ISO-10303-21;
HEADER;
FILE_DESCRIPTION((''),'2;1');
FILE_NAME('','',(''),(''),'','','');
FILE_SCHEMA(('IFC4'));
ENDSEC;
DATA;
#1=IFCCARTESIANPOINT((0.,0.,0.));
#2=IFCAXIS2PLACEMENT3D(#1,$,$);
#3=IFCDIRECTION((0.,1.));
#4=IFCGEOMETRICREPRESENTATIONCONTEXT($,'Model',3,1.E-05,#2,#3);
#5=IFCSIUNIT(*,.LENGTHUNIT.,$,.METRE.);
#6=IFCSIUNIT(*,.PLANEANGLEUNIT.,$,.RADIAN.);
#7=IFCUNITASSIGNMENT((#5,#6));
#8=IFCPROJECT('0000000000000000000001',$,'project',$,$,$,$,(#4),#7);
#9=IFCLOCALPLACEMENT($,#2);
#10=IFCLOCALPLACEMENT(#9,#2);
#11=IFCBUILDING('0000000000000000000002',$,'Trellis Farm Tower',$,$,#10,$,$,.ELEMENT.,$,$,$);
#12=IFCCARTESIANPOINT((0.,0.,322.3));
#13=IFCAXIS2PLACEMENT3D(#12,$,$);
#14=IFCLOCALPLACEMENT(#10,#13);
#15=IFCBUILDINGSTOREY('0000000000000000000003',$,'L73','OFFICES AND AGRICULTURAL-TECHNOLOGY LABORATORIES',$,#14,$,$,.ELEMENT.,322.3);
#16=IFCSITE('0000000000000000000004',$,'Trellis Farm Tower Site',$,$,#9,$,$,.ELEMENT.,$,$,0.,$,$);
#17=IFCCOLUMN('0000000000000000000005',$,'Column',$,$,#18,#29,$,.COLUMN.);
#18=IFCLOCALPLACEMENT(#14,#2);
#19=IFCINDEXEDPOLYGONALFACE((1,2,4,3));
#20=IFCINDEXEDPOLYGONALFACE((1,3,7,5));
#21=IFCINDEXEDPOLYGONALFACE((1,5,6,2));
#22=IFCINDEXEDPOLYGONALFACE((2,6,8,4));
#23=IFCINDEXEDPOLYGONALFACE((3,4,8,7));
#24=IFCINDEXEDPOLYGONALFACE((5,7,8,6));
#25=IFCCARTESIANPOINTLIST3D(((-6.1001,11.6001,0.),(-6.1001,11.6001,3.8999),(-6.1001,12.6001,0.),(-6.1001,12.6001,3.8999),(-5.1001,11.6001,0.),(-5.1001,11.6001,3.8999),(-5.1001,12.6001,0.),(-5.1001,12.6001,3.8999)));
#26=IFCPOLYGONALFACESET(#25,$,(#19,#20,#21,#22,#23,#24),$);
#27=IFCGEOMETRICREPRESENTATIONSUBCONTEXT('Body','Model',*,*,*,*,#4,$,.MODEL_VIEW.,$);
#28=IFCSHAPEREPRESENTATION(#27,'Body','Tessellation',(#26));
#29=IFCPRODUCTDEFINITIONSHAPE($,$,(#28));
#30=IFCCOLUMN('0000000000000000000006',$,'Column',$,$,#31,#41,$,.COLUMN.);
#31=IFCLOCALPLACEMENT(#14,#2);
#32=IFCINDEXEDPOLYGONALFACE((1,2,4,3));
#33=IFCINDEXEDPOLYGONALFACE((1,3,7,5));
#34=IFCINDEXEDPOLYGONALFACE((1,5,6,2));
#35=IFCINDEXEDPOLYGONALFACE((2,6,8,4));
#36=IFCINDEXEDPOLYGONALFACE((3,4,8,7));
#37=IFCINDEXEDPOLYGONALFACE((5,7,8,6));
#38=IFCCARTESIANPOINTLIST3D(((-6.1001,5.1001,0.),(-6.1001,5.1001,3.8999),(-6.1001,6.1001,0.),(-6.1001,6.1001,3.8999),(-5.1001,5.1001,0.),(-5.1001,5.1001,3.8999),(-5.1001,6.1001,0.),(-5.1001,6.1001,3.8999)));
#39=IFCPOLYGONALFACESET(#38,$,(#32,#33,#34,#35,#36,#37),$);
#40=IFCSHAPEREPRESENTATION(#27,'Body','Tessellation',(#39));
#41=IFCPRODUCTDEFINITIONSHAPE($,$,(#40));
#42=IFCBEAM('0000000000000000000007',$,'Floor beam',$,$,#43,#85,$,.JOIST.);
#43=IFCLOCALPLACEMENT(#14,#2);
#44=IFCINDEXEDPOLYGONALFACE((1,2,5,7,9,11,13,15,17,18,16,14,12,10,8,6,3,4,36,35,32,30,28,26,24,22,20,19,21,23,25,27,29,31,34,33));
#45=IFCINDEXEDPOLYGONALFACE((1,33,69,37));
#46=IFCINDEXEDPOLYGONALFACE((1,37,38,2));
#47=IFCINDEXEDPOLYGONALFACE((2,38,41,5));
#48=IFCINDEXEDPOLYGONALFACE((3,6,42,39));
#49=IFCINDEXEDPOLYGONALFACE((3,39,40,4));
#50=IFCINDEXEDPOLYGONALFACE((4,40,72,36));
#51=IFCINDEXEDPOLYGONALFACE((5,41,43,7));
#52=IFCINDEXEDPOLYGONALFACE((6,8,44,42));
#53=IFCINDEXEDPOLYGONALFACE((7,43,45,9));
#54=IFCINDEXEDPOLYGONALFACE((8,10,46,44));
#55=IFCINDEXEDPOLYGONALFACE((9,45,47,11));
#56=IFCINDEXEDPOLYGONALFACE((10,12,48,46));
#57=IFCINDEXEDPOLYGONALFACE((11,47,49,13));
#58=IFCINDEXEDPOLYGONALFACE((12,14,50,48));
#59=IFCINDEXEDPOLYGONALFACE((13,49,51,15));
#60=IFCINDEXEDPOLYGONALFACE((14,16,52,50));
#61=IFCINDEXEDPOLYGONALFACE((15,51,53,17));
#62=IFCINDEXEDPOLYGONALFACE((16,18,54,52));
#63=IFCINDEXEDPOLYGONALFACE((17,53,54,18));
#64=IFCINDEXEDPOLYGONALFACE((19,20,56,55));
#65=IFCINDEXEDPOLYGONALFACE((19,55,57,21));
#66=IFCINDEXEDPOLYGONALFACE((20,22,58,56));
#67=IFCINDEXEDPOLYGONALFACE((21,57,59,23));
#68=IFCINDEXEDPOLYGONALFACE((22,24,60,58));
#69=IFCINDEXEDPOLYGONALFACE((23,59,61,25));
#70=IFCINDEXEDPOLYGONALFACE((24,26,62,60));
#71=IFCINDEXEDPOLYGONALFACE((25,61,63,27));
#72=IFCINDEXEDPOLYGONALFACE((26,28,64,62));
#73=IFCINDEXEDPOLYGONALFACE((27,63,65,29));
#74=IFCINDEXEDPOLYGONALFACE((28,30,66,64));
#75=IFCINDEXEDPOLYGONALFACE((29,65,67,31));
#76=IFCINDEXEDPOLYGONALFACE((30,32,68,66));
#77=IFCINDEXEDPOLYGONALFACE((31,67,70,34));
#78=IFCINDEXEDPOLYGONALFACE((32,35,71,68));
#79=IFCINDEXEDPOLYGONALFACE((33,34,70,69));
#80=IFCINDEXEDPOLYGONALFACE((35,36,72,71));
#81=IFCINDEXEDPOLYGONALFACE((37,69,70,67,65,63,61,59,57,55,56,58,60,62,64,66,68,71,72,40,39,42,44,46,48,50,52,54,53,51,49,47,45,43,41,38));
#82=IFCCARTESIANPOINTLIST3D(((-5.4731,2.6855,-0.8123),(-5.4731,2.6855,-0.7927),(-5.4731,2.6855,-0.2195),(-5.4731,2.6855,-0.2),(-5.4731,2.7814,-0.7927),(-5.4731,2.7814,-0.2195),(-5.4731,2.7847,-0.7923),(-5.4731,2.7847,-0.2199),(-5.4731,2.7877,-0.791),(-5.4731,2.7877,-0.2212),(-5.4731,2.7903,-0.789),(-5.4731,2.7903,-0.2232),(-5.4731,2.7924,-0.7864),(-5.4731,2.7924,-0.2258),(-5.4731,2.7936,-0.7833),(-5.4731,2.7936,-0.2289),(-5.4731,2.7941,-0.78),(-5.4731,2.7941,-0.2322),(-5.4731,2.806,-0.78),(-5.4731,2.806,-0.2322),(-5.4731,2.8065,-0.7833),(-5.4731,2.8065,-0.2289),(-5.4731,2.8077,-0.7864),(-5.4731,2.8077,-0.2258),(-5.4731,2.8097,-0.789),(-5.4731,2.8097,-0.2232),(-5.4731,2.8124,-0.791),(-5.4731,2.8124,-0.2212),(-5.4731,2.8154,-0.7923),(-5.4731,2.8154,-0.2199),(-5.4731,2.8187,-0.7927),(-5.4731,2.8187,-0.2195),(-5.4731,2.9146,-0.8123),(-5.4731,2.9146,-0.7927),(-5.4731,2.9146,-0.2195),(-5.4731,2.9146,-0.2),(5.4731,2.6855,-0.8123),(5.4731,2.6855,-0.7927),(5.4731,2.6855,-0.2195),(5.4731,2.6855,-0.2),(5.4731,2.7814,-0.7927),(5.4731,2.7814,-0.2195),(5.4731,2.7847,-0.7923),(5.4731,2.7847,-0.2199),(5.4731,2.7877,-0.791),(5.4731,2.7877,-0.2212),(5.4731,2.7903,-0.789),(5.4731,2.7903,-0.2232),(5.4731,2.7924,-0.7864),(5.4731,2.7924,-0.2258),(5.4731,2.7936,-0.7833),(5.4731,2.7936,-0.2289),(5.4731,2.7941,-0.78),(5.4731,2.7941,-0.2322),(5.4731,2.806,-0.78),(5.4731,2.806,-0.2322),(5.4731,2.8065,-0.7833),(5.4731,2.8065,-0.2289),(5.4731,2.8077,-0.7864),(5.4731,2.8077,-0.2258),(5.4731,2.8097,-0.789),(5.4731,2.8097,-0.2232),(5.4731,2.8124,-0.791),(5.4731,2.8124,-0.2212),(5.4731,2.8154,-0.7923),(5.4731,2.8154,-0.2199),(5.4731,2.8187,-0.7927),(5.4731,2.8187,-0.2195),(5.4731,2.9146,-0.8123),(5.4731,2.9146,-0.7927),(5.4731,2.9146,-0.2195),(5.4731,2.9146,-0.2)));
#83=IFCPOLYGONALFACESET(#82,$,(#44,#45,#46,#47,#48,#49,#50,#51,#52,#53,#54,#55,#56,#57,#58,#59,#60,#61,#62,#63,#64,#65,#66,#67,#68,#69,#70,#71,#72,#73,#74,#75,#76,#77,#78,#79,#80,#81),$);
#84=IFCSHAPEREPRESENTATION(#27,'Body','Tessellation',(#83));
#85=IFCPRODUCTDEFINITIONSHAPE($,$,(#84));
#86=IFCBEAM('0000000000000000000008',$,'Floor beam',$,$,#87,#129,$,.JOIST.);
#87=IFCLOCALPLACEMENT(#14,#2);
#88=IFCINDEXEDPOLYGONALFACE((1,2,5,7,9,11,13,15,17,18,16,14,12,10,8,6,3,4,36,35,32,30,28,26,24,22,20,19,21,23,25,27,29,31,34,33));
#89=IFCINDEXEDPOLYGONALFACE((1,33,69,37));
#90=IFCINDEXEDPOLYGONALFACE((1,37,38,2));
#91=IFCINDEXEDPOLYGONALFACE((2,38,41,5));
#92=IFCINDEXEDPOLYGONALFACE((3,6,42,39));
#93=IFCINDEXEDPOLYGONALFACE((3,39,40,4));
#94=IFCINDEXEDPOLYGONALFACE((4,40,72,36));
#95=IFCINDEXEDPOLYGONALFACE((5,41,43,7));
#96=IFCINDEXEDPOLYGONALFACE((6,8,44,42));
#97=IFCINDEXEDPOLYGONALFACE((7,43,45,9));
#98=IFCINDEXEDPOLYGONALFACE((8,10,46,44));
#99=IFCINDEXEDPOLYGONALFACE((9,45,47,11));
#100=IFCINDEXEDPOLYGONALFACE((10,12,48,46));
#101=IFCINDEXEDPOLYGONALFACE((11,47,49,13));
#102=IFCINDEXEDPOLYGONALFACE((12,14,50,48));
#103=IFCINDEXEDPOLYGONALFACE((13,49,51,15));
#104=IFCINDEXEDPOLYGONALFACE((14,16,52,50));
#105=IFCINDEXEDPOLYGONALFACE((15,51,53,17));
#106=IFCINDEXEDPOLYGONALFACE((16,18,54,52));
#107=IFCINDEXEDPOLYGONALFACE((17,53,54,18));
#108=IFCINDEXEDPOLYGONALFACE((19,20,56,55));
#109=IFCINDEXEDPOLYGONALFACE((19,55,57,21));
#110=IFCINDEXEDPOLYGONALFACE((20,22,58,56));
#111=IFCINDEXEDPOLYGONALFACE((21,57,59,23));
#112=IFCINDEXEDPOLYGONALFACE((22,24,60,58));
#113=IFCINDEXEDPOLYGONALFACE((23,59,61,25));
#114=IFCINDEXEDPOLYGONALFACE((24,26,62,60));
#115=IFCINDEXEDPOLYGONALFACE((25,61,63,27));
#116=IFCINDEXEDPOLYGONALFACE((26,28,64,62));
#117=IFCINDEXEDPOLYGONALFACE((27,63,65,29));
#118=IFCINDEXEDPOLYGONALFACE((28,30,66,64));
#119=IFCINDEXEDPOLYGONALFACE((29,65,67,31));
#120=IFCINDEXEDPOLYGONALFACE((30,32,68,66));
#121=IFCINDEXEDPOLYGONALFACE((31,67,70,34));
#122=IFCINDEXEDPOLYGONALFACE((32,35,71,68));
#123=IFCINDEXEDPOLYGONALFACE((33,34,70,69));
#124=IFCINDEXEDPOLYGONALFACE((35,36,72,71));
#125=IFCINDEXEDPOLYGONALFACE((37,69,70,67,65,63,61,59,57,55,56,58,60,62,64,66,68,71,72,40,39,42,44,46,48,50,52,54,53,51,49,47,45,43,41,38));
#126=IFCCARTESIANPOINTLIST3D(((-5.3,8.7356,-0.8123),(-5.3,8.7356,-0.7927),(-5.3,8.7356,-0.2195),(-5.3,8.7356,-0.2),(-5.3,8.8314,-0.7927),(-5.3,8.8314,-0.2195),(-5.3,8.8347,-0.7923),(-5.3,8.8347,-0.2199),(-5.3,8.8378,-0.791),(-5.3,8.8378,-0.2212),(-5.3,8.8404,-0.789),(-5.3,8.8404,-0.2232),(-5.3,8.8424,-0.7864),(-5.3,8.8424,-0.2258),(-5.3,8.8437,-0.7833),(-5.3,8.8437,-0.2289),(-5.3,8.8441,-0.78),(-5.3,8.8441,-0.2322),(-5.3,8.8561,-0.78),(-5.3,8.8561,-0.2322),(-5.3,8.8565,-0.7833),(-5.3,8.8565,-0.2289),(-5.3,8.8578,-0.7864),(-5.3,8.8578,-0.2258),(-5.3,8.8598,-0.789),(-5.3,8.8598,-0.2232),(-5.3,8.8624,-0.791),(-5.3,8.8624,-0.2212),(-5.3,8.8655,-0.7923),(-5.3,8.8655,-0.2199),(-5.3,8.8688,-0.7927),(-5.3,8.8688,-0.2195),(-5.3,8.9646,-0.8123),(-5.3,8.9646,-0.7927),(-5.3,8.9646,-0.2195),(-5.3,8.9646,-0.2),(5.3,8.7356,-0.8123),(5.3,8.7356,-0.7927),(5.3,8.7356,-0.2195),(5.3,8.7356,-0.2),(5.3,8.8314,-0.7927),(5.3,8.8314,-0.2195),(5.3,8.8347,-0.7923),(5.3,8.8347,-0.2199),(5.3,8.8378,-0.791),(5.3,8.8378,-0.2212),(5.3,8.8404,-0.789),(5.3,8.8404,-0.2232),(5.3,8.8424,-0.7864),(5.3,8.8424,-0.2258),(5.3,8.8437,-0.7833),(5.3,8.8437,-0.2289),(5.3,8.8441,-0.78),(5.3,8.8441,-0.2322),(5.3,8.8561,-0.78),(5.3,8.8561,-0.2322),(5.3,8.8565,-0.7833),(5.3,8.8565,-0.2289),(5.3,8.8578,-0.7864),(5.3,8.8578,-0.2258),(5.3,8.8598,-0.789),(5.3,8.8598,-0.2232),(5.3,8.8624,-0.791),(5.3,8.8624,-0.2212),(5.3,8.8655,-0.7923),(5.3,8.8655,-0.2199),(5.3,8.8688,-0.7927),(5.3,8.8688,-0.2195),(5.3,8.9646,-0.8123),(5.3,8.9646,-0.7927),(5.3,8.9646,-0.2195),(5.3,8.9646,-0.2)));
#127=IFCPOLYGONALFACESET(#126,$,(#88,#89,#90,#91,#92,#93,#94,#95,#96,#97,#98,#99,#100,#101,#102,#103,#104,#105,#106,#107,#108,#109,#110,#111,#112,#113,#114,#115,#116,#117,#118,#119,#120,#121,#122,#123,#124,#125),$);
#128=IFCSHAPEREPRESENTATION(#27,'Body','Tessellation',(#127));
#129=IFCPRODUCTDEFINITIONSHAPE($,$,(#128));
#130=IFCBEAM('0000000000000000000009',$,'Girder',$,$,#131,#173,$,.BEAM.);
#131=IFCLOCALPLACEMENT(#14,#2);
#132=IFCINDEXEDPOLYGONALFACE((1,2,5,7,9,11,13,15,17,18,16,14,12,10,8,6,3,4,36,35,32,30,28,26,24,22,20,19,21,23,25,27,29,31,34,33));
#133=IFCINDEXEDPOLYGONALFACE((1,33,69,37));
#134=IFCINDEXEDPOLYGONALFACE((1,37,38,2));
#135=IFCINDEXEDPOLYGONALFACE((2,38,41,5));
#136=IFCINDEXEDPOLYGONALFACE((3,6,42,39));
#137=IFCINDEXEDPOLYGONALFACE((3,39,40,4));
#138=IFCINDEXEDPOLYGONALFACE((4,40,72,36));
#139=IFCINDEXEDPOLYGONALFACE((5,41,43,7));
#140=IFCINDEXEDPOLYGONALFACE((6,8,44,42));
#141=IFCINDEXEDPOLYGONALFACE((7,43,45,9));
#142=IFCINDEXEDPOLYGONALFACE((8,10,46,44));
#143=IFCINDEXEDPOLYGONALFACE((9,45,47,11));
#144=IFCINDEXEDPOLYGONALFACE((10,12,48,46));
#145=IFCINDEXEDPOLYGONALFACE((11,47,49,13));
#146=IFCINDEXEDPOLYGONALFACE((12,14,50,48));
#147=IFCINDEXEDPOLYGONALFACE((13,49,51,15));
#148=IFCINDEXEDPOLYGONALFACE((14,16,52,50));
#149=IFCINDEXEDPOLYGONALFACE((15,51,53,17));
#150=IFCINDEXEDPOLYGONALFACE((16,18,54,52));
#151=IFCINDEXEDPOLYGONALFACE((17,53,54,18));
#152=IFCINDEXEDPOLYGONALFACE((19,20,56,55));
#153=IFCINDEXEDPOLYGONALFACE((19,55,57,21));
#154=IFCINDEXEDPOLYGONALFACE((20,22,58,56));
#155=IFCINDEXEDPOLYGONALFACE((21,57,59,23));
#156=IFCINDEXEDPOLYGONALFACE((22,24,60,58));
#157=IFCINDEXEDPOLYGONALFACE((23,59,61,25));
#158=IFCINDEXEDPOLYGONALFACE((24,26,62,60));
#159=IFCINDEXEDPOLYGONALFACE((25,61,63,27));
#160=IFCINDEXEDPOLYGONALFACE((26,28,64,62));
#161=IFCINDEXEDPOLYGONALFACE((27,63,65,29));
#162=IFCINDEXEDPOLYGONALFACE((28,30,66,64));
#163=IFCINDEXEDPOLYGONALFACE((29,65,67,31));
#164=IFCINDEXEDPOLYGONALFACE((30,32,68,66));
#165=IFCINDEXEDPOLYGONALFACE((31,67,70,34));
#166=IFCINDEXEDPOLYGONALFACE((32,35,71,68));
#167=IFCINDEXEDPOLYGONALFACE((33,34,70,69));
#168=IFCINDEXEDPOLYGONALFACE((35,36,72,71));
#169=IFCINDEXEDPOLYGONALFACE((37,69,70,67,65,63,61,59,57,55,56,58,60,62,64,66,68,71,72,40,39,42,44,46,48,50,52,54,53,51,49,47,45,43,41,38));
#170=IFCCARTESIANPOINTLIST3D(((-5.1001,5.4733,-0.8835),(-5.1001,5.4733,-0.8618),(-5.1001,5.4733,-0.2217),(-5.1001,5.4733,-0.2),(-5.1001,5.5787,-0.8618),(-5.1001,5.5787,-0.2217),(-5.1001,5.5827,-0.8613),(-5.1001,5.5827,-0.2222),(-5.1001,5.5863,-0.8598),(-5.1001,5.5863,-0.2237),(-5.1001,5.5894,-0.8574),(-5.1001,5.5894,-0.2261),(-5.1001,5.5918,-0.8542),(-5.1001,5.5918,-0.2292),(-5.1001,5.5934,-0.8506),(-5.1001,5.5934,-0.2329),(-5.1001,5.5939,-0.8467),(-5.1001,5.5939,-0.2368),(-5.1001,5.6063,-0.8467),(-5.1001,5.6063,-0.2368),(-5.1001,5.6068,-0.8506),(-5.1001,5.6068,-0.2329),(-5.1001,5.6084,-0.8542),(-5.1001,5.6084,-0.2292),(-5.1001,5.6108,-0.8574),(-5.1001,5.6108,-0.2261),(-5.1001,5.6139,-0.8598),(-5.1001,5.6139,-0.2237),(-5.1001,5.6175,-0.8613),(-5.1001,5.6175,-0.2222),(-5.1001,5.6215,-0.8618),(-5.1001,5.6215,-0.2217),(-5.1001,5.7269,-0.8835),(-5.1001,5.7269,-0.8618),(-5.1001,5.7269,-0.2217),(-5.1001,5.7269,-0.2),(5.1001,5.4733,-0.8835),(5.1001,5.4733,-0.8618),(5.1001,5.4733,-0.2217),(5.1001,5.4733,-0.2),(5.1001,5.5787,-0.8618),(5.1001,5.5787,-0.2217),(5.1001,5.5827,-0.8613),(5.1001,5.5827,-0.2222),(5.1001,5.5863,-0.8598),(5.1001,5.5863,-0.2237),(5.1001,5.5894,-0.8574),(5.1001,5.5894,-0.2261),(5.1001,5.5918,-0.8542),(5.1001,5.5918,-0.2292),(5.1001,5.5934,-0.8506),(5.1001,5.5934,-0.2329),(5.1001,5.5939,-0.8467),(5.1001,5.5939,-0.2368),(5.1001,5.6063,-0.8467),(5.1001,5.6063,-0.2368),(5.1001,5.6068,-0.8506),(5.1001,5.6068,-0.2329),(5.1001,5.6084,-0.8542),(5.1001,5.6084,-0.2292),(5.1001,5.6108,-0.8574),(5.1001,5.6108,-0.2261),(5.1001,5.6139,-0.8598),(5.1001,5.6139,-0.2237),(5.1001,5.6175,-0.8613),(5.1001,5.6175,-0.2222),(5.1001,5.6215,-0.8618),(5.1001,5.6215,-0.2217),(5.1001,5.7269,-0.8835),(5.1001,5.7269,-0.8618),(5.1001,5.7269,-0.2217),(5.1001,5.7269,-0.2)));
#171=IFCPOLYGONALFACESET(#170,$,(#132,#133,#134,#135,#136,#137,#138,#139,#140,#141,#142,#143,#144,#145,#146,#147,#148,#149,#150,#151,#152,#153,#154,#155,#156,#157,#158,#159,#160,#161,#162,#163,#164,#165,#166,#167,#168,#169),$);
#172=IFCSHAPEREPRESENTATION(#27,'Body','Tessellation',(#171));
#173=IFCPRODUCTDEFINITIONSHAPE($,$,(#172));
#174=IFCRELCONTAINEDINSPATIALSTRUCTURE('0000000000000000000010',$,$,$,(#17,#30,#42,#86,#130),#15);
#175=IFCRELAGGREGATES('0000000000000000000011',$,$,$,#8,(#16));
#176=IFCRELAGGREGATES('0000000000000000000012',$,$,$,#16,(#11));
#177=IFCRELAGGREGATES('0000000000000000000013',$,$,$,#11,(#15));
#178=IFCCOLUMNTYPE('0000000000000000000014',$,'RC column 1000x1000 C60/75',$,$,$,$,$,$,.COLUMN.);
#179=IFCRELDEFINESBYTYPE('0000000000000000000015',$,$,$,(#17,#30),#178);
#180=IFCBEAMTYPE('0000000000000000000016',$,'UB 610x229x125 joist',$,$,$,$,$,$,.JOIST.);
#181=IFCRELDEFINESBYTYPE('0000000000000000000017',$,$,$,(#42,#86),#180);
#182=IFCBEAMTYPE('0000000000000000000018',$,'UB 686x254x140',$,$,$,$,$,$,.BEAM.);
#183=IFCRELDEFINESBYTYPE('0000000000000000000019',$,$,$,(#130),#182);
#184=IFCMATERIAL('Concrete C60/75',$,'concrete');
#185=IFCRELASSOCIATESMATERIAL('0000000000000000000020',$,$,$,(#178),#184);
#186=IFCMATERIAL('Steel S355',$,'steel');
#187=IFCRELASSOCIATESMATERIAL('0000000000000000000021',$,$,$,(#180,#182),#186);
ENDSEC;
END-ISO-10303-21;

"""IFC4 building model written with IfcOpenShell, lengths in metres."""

from ifc_helpers import new_model, si_unit, direction, frame, origin, origin_2d, place, context, subcontext, project, spatial, rectangle, i_section, extrude, source, transform, mapped, material, material_profile, profile_set, type_object, element, save


model = new_model("IFC4")

# Units and contexts
model_context = context("Model", 3, precision=1e-05, world=origin(), true_north=direction((0.0, 1.0)))
body_context = subcontext(model_context, "Body", "Model", "MODEL_VIEW")
ifc_project = project(units=[si_unit("LENGTHUNIT", "METRE"), si_unit("PLANEANGLEUNIT", "RADIAN")], contexts=[model_context])

# Site, building, storey
site_placement = place(None, origin())
site = spatial("IfcSite", under=ifc_project, at=site_placement, Name="Trellis Farm Tower Site", CompositionType="ELEMENT", RefElevation=0.0)
building_placement = place(site_placement, origin())
building = spatial("IfcBuilding", under=site, at=building_placement, Name="Trellis Farm Tower", CompositionType="ELEMENT")
storey_placement = place(building_placement, frame((0.0, 0.0, 322.3)))
storey = spatial("IfcBuildingStorey", under=building, at=storey_placement, Name="L73", Description="OFFICES AND AGRICULTURAL-TECHNOLOGY LABORATORIES", CompositionType="ELEMENT", Elevation=322.3)

# Columns
ifc_material_1 = material(Name="Concrete C60/75", Category="concrete")
ifc_material_profile_1 = material_profile(ifc_material_1, rectangle(XDim=1.0, YDim=1.0, at=origin_2d()), Name="RC column 1000x1000 C60/75")
ifc_profile_set_1 = profile_set([ifc_material_profile_1], Name="Concrete C60/75")
column_type = type_object("IfcColumnType", Name="RC column 1000x1000 C60/75", PredefinedType="COLUMN", material=ifc_profile_set_1)
shared_shape_1 = source(origin(), body_context, "Body", "SweptSolid", [
    extrude(rectangle(XDim=1.0, YDim=1.0, at=origin_2d()), origin(), (0.0, 0.0, 1.0), 3.8999),
])
for number, where, z_axis, x_axis, name in (
    (1, (-5.6001, 12.1001, 0.0), (0.0, 0.0, 1.0), (1.0, 0.0, 0.0), "Column"),
    (2, (-5.6001, 5.6001, 0.0), (0.0, 0.0, 1.0), (1.0, 0.0, 0.0), "Column"),
):
    element("IfcColumn", number, at=place(storey_placement, frame(where, z_axis=z_axis, x_axis=x_axis)), inside=storey, type_object=column_type, Name=name, PredefinedType="COLUMN", context=body_context, shape_type="MappedRepresentation", body=[
        mapped(shared_shape_1, transform((0.0, 0.0, 0.0))),
    ])

# Beams
ifc_material_2 = material(Name="Steel S355", Category="steel")
ifc_material_profile_2 = material_profile(ifc_material_2, i_section(OverallWidth=0.229, OverallDepth=0.6123, WebThickness=0.012, FlangeThickness=0.0195, FilletRadius=0.0127, at=origin_2d()), Name="UB 610x229x125")
ifc_profile_set_2 = profile_set([ifc_material_profile_2], Name="Steel S355")
beam_type_1 = type_object("IfcBeamType", Name="UB 610x229x125 joist", PredefinedType="JOIST", material=ifc_profile_set_2)
shared_shape_2 = source(origin(), body_context, "Body", "SweptSolid", [
    extrude(i_section(OverallWidth=0.229, OverallDepth=0.6123, WebThickness=0.012, FlangeThickness=0.0195, FilletRadius=0.0127, at=origin_2d()), origin(), (0.0, 0.0, 1.0), 10.9463),
])
beam_1_placement = place(storey_placement, frame((-5.4731, 2.8, -0.5061), z_axis=(1.0, 0.0, 0.0), x_axis=(0.0, 1.0, 0.0)))
element("IfcBeam", 3, at=beam_1_placement, inside=storey, type_object=beam_type_1, Name="Floor beam", PredefinedType="JOIST", context=body_context, shape_type="MappedRepresentation", body=[
    mapped(shared_shape_2, transform((0.0, 0.0, 0.0))),
])
shared_shape_3 = source(origin(), body_context, "Body", "SweptSolid", [
    extrude(i_section(OverallWidth=0.229, OverallDepth=0.6123, WebThickness=0.012, FlangeThickness=0.0195, FilletRadius=0.0127, at=origin_2d()), origin(), (0.0, 0.0, 1.0), 10.6001),
])
beam_2_placement = place(storey_placement, frame((-5.3, 8.8501, -0.5061), z_axis=(1.0, 0.0, 0.0), x_axis=(0.0, 1.0, 0.0)))
element("IfcBeam", 4, at=beam_2_placement, inside=storey, type_object=beam_type_1, Name="Floor beam", PredefinedType="JOIST", context=body_context, shape_type="MappedRepresentation", body=[
    mapped(shared_shape_3, transform((0.0, 0.0, 0.0))),
])
ifc_material_profile_3 = material_profile(ifc_material_2, i_section(OverallWidth=0.2537, OverallDepth=0.6836, WebThickness=0.0125, FlangeThickness=0.0217, FilletRadius=0.0151, at=origin_2d()), Name="UB 686x254x140")
ifc_profile_set_3 = profile_set([ifc_material_profile_3], Name="Steel S355")
beam_type_2 = type_object("IfcBeamType", Name="UB 686x254x140", PredefinedType="BEAM", material=ifc_profile_set_3)
shared_shape_4 = source(origin(), body_context, "Body", "SweptSolid", [
    extrude(i_section(OverallWidth=0.2537, OverallDepth=0.6836, WebThickness=0.0125, FlangeThickness=0.0217, FilletRadius=0.0151, at=origin_2d()), origin(), (0.0, 0.0, 1.0), 10.2002),
])
for number, where, z_axis, x_axis, name in (
    (5, (-5.1001, 5.6001, -0.5417), (1.0, 0.0, 0.0), (0.0, 1.0, 0.0), "Girder"),
):
    element("IfcBeam", number, at=place(storey_placement, frame(where, z_axis=z_axis, x_axis=x_axis)), inside=storey, type_object=beam_type_2, Name=name, PredefinedType="BEAM", context=body_context, shape_type="MappedRepresentation", body=[
        mapped(shared_shape_4, transform((0.0, 0.0, 0.0))),
    ])

save(model, "model.ifc")
